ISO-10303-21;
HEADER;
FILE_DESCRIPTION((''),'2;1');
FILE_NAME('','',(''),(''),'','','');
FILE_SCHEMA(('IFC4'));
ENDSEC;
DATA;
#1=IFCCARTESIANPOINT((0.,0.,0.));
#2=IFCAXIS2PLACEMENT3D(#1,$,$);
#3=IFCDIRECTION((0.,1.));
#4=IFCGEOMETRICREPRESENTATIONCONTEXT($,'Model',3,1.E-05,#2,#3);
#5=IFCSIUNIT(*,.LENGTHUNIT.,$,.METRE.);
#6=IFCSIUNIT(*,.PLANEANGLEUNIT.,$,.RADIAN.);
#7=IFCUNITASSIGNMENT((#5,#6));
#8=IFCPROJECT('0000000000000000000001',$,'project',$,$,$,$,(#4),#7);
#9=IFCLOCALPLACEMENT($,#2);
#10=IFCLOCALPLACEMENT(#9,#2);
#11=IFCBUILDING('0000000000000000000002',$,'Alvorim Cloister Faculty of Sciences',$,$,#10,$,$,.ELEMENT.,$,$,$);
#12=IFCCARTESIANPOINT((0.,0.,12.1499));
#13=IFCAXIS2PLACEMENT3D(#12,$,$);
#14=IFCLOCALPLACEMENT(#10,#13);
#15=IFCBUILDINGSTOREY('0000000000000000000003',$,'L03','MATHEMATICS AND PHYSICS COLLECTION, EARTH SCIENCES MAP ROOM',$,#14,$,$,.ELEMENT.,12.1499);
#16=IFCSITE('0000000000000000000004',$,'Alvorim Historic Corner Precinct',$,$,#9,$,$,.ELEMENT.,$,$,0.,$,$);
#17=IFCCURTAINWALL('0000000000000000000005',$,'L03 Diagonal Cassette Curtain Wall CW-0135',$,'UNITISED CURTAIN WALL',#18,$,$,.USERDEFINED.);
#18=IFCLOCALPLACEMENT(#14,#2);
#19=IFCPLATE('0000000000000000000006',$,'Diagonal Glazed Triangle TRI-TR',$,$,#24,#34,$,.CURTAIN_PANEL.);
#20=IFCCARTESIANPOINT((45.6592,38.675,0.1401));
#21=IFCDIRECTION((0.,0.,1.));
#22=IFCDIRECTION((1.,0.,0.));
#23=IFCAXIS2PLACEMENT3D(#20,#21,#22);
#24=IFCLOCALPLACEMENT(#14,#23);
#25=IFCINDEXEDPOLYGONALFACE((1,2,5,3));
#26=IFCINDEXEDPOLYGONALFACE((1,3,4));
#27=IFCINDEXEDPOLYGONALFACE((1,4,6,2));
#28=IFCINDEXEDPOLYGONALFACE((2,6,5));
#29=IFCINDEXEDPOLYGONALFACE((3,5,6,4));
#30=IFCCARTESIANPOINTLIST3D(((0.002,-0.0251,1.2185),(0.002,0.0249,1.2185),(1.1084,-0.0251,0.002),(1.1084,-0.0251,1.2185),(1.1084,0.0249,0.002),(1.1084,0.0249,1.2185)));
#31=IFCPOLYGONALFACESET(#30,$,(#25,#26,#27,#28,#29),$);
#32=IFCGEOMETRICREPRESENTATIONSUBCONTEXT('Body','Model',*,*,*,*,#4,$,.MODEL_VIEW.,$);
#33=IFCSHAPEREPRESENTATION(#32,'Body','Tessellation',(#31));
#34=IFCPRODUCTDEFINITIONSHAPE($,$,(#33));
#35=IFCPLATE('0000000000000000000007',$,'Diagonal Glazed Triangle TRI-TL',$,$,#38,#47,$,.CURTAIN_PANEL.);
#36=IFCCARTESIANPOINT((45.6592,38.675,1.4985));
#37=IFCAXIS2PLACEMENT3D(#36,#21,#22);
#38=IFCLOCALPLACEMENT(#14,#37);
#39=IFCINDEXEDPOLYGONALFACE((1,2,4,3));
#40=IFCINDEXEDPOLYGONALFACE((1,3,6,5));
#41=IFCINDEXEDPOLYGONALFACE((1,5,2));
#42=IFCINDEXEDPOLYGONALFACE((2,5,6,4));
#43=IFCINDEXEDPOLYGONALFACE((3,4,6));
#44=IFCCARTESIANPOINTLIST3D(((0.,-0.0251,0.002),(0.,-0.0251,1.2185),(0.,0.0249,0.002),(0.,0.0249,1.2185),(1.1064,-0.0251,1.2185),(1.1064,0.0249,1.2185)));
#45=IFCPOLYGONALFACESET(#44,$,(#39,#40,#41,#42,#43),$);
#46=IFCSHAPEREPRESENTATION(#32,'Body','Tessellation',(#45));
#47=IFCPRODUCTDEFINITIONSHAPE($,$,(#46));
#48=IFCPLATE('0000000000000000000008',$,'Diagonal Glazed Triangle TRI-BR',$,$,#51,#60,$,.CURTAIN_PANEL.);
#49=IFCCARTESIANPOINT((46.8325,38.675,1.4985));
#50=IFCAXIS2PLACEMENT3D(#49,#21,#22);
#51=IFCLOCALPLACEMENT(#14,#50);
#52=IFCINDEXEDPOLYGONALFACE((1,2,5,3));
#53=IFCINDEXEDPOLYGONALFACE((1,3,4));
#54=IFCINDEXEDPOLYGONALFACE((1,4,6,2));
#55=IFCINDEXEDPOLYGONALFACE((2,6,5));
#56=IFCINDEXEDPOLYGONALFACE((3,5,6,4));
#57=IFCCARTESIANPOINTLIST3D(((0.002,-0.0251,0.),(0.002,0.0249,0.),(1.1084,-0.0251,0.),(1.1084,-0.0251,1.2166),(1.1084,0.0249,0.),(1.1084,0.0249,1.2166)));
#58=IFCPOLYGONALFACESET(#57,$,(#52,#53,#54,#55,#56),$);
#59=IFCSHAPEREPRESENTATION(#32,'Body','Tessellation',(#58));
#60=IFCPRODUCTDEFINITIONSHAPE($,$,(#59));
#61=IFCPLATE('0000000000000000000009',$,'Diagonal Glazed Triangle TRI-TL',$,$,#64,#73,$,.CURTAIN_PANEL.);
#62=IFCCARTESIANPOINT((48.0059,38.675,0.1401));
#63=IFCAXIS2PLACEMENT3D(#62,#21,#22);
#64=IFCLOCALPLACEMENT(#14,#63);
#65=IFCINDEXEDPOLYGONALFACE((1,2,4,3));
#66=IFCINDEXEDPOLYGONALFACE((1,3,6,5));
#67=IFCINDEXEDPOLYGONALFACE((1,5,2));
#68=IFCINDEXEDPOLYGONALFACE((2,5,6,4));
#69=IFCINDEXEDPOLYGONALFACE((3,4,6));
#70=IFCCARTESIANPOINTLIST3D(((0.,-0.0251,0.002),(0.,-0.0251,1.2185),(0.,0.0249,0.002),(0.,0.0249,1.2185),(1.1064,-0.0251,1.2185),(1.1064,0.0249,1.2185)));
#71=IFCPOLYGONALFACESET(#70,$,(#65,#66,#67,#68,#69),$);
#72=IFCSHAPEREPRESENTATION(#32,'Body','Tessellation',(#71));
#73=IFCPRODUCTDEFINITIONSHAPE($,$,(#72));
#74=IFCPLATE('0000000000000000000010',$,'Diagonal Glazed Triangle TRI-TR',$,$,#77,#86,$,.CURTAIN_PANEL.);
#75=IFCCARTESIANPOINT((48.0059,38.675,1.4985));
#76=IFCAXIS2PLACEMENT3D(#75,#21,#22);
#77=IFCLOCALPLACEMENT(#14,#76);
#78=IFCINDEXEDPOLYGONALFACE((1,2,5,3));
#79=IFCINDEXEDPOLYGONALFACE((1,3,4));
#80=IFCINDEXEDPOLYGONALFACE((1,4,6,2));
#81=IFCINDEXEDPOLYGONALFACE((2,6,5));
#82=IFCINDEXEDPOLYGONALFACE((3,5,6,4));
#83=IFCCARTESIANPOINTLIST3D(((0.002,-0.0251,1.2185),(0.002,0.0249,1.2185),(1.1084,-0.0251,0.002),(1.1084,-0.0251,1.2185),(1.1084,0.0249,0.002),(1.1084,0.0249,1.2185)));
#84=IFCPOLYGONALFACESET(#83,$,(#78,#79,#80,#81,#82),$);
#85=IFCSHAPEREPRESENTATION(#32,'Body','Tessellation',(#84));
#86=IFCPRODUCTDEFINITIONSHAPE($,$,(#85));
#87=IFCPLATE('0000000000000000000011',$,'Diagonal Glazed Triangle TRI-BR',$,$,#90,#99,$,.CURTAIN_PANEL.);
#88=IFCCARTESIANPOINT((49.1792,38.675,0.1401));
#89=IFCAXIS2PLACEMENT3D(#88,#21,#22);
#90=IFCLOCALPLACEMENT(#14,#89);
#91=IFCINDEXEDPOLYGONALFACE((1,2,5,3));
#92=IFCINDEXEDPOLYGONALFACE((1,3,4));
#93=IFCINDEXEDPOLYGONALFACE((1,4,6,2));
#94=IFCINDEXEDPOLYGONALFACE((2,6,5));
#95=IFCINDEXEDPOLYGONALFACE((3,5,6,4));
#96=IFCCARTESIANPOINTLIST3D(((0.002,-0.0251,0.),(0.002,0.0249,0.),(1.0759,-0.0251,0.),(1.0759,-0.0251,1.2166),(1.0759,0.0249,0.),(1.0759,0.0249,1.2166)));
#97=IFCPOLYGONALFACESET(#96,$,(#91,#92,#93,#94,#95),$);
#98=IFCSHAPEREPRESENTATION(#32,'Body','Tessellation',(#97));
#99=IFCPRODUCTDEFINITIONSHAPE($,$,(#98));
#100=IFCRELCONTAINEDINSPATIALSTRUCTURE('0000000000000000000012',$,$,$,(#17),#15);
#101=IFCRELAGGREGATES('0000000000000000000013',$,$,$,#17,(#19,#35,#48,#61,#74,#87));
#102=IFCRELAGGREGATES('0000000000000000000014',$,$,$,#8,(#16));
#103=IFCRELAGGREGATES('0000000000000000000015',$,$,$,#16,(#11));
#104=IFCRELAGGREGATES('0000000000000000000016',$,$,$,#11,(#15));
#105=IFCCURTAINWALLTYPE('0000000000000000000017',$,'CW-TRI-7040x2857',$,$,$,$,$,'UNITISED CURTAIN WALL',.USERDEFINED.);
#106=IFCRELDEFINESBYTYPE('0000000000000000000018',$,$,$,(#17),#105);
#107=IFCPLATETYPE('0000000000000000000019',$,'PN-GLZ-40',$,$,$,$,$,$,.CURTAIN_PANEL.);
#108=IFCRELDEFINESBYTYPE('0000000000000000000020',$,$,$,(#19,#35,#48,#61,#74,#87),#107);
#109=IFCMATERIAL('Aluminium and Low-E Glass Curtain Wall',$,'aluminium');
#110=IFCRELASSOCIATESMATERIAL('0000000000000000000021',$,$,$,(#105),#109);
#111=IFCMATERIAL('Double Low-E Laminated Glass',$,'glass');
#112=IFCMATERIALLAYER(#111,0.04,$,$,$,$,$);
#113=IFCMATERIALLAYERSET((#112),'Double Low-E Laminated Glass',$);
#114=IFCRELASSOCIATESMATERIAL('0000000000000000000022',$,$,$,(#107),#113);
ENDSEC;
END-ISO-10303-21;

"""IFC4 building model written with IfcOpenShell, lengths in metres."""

from ifc_helpers import new_model, si_unit, direction, frame, origin, place, context, subcontext, project, spatial, polyline, outline, extrude, material, layer, layer_set, type_object, element, aggregate, save


model = new_model("IFC4")

# Units and contexts
model_context = context("Model", 3, precision=1e-05, world=origin(), true_north=direction((0.0, 1.0)))
body_context = subcontext(model_context, "Body", "Model", "MODEL_VIEW")
ifc_project = project(units=[si_unit("LENGTHUNIT", "METRE"), si_unit("PLANEANGLEUNIT", "RADIAN")], contexts=[model_context])

# Site, building, storey
site_placement = place(None, origin())
site = spatial("IfcSite", under=ifc_project, at=site_placement, Name="Alvorim Historic Corner Precinct", CompositionType="ELEMENT", RefElevation=0.0)
building_placement = place(site_placement, origin())
building = spatial("IfcBuilding", under=site, at=building_placement, Name="Alvorim Cloister Faculty of Sciences", CompositionType="ELEMENT")
storey_placement = place(building_placement, frame((0.0, 0.0, 12.1499)))
storey = spatial("IfcBuildingStorey", under=building, at=storey_placement, Name="L03", Description="MATHEMATICS AND PHYSICS COLLECTION, EARTH SCIENCES MAP ROOM", CompositionType="ELEMENT", Elevation=12.1499)

# Curtain wall, plates
ifc_material_1 = material(Name="Aluminium and Low-E Glass Curtain Wall", Category="aluminium")
curtain_wall_type = type_object("IfcCurtainWallType", Name="CW-TRI-7040x2857", ElementType="UNITISED CURTAIN WALL", PredefinedType="USERDEFINED", material=ifc_material_1)
curtain_wall_placement = place(storey_placement, origin())
curtain_wall = element("IfcCurtainWall", 1, at=curtain_wall_placement, inside=storey, type_object=curtain_wall_type, Name="L03 Diagonal Cassette Curtain Wall CW-0135", ObjectType="UNITISED CURTAIN WALL", PredefinedType="USERDEFINED")
ifc_material_2 = material(Name="Double Low-E Laminated Glass", Category="glass")
ifc_layer = layer(ifc_material_2, 0.04)
ifc_layer_set = layer_set([ifc_layer], Name="Double Low-E Laminated Glass")
plate_type = type_object("IfcPlateType", Name="PN-GLZ-40", PredefinedType="CURTAIN_PANEL", material=ifc_layer_set)
plate_1_placement = place(storey_placement, frame((45.6592, 38.675, 0.1401), z_axis=(0.0, 0.0, 1.0), x_axis=(1.0, 0.0, 0.0)))
plate_1 = element("IfcPlate", 2, at=plate_1_placement, type_object=plate_type, Name="Diagonal Glazed Triangle TRI-TR", PredefinedType="CURTAIN_PANEL", context=body_context, shape_type="SweptSolid", body=[
    extrude(outline(polyline([(1.1084, 0.002), (1.1084, 1.2185), (0.002, 1.2185), (1.1084, 0.002)])), frame((0.0, 0.0249, 0.0), z_axis=(0.0, -1.0, 0.0), x_axis=(1.0, 0.0, 0.0)), (0.0, 0.0, 1.0), 0.05),
])
plate_2_placement = place(storey_placement, frame((45.6592, 38.675, 1.4985), z_axis=(0.0, 0.0, 1.0), x_axis=(1.0, 0.0, 0.0)))
plate_2 = element("IfcPlate", 3, at=plate_2_placement, type_object=plate_type, Name="Diagonal Glazed Triangle TRI-TL", PredefinedType="CURTAIN_PANEL", context=body_context, shape_type="SweptSolid", body=[
    extrude(outline(polyline([(1.1064, 1.2185), (0.0, 1.2185), (0.0, 0.002), (1.1064, 1.2185)])), frame((0.0, 0.0249, 0.0), z_axis=(0.0, -1.0, 0.0), x_axis=(1.0, 0.0, 0.0)), (0.0, 0.0, 1.0), 0.05),
])
plate_3_placement = place(storey_placement, frame((46.8325, 38.675, 1.4985), z_axis=(0.0, 0.0, 1.0), x_axis=(1.0, 0.0, 0.0)))
plate_3 = element("IfcPlate", 4, at=plate_3_placement, type_object=plate_type, Name="Diagonal Glazed Triangle TRI-BR", PredefinedType="CURTAIN_PANEL", context=body_context, shape_type="SweptSolid", body=[
    extrude(outline(polyline([(0.002, 0.0), (1.1084, 0.0), (1.1084, 1.2166), (0.002, 0.0)])), frame((0.0, 0.0249, 0.0), z_axis=(0.0, -1.0, 0.0), x_axis=(1.0, 0.0, 0.0)), (0.0, 0.0, 1.0), 0.05),
])
plate_4_placement = place(storey_placement, frame((48.0059, 38.675, 0.1401), z_axis=(0.0, 0.0, 1.0), x_axis=(1.0, 0.0, 0.0)))
plate_4 = element("IfcPlate", 5, at=plate_4_placement, type_object=plate_type, Name="Diagonal Glazed Triangle TRI-TL", PredefinedType="CURTAIN_PANEL", context=body_context, shape_type="SweptSolid", body=[
    extrude(outline(polyline([(1.1064, 1.2185), (0.0, 1.2185), (0.0, 0.002), (1.1064, 1.2185)])), frame((0.0, 0.0249, 0.0), z_axis=(0.0, -1.0, 0.0), x_axis=(1.0, 0.0, 0.0)), (0.0, 0.0, 1.0), 0.05),
])
plate_5_placement = place(storey_placement, frame((48.0059, 38.675, 1.4985), z_axis=(0.0, 0.0, 1.0), x_axis=(1.0, 0.0, 0.0)))
plate_5 = element("IfcPlate", 6, at=plate_5_placement, type_object=plate_type, Name="Diagonal Glazed Triangle TRI-TR", PredefinedType="CURTAIN_PANEL", context=body_context, shape_type="SweptSolid", body=[
    extrude(outline(polyline([(1.1084, 0.002), (1.1084, 1.2185), (0.002, 1.2185), (1.1084, 0.002)])), frame((0.0, 0.0249, 0.0), z_axis=(0.0, -1.0, 0.0), x_axis=(1.0, 0.0, 0.0)), (0.0, 0.0, 1.0), 0.05),
])
plate_6_placement = place(storey_placement, frame((49.1792, 38.675, 0.1401), z_axis=(0.0, 0.0, 1.0), x_axis=(1.0, 0.0, 0.0)))
plate_6 = element("IfcPlate", 7, at=plate_6_placement, type_object=plate_type, Name="Diagonal Glazed Triangle TRI-BR", PredefinedType="CURTAIN_PANEL", context=body_context, shape_type="SweptSolid", body=[
    extrude(outline(polyline([(0.002, 0.0), (1.0759, 0.0), (1.0759, 1.2166), (0.002, 0.0)])), frame((0.0, 0.0249, 0.0), z_axis=(0.0, -1.0, 0.0), x_axis=(1.0, 0.0, 0.0)), (0.0, 0.0, 1.0), 0.05),
])
aggregate(curtain_wall, [plate_1, plate_2, plate_3, plate_4, plate_5, plate_6])

save(model, "model.ifc")
